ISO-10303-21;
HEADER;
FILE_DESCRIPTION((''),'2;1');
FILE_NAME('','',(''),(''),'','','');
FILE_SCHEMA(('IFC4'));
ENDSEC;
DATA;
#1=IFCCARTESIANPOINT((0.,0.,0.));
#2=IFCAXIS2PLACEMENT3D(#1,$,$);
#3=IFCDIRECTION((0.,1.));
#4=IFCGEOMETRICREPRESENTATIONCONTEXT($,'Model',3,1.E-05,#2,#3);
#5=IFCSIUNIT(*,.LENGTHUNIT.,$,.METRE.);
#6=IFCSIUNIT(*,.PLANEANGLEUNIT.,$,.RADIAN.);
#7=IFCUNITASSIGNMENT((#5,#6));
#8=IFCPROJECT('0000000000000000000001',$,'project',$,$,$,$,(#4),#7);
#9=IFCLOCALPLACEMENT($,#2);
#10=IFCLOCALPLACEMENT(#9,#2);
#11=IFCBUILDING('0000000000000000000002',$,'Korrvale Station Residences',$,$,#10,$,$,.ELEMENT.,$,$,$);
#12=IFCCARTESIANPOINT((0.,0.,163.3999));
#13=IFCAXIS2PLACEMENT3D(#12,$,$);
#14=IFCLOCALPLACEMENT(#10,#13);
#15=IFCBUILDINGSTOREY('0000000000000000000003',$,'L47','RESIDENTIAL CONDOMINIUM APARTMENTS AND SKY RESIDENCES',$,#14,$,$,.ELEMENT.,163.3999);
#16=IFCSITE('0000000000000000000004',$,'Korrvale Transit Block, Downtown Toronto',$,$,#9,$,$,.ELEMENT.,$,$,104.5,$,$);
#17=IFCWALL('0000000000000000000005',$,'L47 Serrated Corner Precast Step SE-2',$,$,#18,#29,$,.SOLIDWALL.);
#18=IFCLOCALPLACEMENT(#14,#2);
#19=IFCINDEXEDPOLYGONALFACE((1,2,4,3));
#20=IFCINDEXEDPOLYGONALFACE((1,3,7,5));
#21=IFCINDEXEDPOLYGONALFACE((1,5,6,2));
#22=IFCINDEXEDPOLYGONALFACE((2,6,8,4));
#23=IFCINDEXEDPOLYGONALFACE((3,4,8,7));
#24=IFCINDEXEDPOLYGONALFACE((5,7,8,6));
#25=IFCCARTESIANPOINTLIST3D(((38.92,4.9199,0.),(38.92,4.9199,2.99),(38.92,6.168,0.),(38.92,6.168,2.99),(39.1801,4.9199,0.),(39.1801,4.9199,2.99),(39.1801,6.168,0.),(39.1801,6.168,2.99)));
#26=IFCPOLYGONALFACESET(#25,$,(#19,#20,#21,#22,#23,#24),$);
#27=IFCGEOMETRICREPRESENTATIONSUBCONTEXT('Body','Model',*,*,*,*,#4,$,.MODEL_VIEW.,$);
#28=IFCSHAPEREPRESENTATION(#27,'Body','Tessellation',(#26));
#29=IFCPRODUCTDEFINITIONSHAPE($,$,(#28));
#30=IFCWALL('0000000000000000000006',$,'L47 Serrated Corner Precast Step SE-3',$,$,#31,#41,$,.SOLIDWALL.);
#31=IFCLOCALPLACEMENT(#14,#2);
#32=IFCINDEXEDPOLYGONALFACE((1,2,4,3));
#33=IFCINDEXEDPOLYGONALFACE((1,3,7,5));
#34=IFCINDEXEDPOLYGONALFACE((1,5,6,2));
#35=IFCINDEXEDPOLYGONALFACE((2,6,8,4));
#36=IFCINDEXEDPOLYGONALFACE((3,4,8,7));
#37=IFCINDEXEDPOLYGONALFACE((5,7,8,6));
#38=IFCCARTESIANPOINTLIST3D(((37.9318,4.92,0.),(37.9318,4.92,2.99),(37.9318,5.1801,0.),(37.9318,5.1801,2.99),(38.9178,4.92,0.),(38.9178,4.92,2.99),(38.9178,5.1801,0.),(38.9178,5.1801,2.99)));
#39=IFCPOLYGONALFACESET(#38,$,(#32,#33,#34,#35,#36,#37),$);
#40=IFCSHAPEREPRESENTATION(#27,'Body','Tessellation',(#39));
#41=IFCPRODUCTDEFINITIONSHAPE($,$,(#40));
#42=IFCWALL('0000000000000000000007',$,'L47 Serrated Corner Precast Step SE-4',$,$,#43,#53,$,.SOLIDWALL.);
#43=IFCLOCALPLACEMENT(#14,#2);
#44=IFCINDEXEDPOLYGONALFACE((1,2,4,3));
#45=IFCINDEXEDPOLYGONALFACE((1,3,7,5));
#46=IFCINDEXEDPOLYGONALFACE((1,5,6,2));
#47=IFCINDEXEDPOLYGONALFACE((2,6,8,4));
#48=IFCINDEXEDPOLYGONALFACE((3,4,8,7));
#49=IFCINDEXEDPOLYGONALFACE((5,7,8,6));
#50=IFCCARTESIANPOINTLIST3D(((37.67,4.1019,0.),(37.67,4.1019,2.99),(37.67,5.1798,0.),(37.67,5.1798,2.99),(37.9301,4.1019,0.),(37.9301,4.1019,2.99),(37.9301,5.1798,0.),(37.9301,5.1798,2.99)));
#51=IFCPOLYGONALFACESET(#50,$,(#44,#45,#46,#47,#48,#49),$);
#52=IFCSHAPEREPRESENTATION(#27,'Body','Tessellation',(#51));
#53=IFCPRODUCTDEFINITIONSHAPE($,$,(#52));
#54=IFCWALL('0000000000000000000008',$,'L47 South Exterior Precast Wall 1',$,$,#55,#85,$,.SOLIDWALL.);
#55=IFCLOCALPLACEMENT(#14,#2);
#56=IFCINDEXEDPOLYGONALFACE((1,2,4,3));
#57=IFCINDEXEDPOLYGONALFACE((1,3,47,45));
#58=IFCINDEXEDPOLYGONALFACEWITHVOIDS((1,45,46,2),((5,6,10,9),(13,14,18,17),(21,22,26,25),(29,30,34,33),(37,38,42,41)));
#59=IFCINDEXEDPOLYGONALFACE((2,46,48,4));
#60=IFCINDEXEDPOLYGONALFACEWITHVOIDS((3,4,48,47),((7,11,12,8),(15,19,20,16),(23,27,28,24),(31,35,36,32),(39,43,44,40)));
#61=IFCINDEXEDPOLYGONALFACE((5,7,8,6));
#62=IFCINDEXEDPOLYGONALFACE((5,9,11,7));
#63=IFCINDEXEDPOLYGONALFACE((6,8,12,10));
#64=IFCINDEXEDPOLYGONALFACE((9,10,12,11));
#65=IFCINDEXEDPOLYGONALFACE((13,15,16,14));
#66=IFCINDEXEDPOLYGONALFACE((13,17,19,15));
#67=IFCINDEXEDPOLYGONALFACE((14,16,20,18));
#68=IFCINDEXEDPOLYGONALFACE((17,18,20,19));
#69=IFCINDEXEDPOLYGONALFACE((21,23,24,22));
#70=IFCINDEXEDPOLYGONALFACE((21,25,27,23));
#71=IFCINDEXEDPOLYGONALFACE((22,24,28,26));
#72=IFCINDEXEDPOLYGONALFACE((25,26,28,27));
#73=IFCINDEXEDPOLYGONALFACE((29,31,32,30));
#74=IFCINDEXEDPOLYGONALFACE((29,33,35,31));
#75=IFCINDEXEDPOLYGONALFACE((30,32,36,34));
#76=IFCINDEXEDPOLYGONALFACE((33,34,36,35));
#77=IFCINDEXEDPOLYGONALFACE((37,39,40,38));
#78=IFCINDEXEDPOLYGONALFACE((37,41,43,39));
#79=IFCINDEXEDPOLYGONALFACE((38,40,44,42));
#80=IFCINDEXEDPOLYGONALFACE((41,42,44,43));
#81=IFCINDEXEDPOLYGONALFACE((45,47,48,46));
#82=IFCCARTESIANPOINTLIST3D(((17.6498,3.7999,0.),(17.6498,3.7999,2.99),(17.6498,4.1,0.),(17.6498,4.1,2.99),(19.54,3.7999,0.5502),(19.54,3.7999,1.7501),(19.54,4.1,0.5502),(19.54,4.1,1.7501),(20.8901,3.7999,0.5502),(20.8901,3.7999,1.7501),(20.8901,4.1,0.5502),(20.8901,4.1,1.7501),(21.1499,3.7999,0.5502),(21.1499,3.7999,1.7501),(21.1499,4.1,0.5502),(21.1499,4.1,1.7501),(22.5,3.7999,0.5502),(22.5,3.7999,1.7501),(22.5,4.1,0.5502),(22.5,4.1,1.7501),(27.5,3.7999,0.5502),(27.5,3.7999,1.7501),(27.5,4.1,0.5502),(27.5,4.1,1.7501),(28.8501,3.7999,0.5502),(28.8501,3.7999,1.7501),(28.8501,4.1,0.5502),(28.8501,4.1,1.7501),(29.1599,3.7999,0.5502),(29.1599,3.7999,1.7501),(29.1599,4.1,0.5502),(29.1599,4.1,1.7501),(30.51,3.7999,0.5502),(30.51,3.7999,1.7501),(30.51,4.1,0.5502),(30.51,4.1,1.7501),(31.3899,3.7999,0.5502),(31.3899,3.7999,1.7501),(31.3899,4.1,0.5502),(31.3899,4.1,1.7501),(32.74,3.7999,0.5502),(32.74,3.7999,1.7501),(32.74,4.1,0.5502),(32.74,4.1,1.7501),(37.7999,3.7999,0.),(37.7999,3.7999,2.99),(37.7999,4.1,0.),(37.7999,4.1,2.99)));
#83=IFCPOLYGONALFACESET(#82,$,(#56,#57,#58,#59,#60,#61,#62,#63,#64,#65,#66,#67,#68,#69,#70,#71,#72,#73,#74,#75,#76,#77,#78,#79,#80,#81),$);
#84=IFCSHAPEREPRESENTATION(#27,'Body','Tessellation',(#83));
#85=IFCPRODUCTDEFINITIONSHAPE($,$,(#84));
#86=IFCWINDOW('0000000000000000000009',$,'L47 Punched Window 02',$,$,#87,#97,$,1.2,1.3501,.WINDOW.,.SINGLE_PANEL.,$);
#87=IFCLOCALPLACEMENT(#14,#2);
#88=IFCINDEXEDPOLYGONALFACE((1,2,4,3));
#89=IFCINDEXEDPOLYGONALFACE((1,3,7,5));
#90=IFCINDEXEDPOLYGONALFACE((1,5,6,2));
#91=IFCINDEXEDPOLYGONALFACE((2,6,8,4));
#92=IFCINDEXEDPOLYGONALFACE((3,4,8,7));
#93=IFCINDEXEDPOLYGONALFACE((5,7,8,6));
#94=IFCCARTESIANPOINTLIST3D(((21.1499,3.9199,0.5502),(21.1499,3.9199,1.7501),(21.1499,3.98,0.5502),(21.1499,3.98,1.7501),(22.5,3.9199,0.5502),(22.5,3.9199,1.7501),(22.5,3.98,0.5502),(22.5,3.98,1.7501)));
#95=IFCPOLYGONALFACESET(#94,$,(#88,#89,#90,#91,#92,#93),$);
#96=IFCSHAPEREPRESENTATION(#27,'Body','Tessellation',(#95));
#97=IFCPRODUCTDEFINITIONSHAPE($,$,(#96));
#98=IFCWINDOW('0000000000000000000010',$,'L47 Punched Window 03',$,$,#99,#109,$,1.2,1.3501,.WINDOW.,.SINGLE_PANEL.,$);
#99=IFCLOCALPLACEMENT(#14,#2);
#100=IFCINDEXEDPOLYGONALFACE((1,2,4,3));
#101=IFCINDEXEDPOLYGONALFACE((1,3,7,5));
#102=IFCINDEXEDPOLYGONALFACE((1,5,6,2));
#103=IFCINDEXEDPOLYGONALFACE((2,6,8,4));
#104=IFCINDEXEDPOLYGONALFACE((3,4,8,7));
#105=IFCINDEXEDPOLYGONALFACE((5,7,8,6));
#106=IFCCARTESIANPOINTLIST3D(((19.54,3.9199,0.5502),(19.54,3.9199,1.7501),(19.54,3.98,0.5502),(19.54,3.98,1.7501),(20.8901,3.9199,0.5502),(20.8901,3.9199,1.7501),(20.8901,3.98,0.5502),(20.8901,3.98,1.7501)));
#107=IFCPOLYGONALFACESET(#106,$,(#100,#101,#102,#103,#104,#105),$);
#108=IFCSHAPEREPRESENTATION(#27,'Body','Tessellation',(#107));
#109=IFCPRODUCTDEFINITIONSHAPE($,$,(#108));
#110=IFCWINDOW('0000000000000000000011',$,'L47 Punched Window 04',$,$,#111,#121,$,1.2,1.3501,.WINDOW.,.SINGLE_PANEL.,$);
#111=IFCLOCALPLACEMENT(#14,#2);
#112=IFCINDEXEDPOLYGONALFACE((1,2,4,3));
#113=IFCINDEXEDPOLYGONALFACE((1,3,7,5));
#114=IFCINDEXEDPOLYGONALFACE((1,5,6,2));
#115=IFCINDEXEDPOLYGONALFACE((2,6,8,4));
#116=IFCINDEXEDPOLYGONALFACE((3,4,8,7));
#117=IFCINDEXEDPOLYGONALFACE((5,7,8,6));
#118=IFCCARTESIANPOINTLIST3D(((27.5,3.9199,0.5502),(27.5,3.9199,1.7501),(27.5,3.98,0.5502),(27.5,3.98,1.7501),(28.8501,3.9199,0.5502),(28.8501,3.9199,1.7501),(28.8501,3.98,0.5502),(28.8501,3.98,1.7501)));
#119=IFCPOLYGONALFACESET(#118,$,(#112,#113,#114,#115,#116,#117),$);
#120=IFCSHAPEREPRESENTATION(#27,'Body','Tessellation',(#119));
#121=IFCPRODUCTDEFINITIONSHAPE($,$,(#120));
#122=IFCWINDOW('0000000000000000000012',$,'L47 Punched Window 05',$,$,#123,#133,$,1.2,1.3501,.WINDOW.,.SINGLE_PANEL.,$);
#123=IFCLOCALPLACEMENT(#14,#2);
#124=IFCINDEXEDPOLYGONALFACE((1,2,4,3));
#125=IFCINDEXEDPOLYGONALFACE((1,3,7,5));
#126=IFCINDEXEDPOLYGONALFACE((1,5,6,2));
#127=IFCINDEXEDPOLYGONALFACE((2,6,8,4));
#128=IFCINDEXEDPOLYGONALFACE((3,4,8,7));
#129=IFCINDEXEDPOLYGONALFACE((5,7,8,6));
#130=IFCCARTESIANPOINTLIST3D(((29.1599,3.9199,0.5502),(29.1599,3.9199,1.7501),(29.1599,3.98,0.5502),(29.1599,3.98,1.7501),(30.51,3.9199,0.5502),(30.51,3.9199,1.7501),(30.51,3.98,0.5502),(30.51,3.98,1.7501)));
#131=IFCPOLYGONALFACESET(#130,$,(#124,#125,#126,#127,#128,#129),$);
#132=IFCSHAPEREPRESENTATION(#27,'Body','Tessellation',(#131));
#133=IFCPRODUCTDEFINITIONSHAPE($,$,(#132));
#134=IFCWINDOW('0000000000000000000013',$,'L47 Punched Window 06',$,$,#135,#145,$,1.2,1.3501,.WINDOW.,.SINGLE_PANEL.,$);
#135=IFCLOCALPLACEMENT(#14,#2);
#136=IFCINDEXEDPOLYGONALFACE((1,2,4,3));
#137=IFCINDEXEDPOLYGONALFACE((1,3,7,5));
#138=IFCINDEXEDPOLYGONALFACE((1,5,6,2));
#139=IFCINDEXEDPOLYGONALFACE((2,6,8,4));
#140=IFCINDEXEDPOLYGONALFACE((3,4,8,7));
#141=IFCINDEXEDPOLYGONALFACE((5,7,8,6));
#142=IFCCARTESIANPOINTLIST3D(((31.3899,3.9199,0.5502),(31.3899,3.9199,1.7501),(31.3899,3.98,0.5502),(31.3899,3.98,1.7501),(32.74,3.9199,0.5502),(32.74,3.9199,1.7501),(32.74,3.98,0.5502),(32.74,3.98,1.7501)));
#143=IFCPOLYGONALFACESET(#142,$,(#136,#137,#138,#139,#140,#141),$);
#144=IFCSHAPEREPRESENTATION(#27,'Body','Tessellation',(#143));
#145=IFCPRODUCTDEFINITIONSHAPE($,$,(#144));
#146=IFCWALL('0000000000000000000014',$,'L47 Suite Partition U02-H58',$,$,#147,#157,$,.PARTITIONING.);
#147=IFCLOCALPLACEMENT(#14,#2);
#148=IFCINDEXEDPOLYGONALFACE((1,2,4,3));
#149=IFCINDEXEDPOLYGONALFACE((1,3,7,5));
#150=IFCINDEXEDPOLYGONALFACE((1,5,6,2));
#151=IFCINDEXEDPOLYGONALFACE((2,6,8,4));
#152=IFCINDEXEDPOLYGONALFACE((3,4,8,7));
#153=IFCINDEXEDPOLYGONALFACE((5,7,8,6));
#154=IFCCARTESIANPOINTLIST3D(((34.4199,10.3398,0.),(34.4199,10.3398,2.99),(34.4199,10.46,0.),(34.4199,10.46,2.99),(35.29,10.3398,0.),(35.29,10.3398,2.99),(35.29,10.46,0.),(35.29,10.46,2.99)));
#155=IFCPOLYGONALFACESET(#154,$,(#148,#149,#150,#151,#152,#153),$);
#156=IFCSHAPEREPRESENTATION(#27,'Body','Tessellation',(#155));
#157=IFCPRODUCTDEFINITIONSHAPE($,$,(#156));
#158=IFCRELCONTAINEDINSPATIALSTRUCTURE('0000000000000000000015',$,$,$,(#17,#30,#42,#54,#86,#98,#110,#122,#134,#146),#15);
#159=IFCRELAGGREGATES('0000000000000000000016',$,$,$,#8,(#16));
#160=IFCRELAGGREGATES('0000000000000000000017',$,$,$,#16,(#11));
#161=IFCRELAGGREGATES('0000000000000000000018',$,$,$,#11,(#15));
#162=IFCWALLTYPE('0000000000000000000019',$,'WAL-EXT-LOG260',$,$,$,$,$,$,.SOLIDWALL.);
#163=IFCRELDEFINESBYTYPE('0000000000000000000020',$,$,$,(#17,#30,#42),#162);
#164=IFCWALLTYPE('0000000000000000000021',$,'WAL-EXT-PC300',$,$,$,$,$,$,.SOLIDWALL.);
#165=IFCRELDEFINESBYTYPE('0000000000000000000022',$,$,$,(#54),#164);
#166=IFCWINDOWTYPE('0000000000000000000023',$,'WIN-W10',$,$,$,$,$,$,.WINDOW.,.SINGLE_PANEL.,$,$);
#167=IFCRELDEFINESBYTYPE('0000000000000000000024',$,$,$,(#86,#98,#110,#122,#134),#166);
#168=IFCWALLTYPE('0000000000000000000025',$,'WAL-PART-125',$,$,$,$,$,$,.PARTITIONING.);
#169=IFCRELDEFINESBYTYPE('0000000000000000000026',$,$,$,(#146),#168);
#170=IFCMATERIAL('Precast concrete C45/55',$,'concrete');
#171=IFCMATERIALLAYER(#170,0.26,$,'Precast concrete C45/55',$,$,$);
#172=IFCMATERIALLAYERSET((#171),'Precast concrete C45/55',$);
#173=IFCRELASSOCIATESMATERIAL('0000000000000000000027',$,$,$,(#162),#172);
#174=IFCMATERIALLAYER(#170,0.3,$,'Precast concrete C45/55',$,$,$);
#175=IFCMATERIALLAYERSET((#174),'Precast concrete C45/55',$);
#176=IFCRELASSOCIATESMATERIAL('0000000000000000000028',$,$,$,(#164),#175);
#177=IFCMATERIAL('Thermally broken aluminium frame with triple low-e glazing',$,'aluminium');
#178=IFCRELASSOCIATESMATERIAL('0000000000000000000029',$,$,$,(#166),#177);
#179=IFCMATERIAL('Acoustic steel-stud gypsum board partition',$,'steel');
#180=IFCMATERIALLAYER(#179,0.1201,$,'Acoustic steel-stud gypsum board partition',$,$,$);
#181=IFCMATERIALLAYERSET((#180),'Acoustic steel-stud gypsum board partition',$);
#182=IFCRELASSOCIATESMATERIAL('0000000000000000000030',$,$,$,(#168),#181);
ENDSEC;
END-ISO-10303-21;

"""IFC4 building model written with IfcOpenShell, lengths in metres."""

from ifc_helpers import new_model, si_unit, direction, frame, frame_2d, origin, place, context, subcontext, project, spatial, rectangle, extrude, material, layer, layer_set, type_object, element, fill, save


model = new_model("IFC4")

# Units and contexts
model_context = context("Model", 3, precision=1e-05, world=origin(), true_north=direction((0.0, 1.0)))
body_context = subcontext(model_context, "Body", "Model", "MODEL_VIEW")
ifc_project = project(units=[si_unit("LENGTHUNIT", "METRE"), si_unit("PLANEANGLEUNIT", "RADIAN")], contexts=[model_context])

# Site, building, storey
site_placement = place(None, origin())
site = spatial("IfcSite", under=ifc_project, at=site_placement, Name="Korrvale Transit Block, Downtown Toronto", CompositionType="ELEMENT", RefElevation=104.5)
building_placement = place(site_placement, origin())
building = spatial("IfcBuilding", under=site, at=building_placement, Name="Korrvale Station Residences", CompositionType="ELEMENT")
storey_placement = place(building_placement, frame((0.0, 0.0, 163.3999)))
storey = spatial("IfcBuildingStorey", under=building, at=storey_placement, Name="L47", Description="RESIDENTIAL CONDOMINIUM APARTMENTS AND SKY RESIDENCES", CompositionType="ELEMENT", Elevation=163.3999)

# Walls
ifc_material_1 = material(Name="Precast concrete C45/55", Category="concrete")
ifc_layer_1 = layer(ifc_material_1, 0.26, Name="Precast concrete C45/55")
ifc_layer_set_1 = layer_set([ifc_layer_1], Name="Precast concrete C45/55")
wall_type_1 = type_object("IfcWallType", Name="WAL-EXT-LOG260", PredefinedType="SOLIDWALL", material=ifc_layer_set_1)
wall_1_placement = place(storey_placement, frame((39.05, 6.168, 0.0), z_axis=(0.0, 0.0, 1.0), x_axis=(0.0, -1.0, 0.0)))
element("IfcWall", 1, at=wall_1_placement, inside=storey, type_object=wall_type_1, Name="L47 Serrated Corner Precast Step SE-2", PredefinedType="SOLIDWALL", context=body_context, shape_type="SweptSolid", body=[
    extrude(rectangle(XDim=1.248, YDim=0.26, at=frame_2d((0.624, 0.0))), origin(), (0.0, 0.0, 1.0), 2.99),
])
wall_2_placement = place(storey_placement, frame((38.918, 5.05, 0.0), z_axis=(0.0, 0.0, 1.0), x_axis=(-1.0, 0.0, 0.0)))
element("IfcWall", 2, at=wall_2_placement, inside=storey, type_object=wall_type_1, Name="L47 Serrated Corner Precast Step SE-3", PredefinedType="SOLIDWALL", context=body_context, shape_type="SweptSolid", body=[
    extrude(rectangle(XDim=0.9861, YDim=0.26, at=frame_2d((0.4932, 0.0))), origin(), (0.0, 0.0, 1.0), 2.99),
])
wall_3_placement = place(storey_placement, frame((37.8, 5.1799, 0.0), z_axis=(0.0, 0.0, 1.0), x_axis=(0.0, -1.0, 0.0)))
element("IfcWall", 3, at=wall_3_placement, inside=storey, type_object=wall_type_1, Name="L47 Serrated Corner Precast Step SE-4", PredefinedType="SOLIDWALL", context=body_context, shape_type="SweptSolid", body=[
    extrude(rectangle(XDim=1.0779, YDim=0.26, at=frame_2d((0.5391, 0.0))), origin(), (0.0, 0.0, 1.0), 2.99),
])

# Wall, openings, windows
ifc_layer_2 = layer(ifc_material_1, 0.3, Name="Precast concrete C45/55")
ifc_layer_set_2 = layer_set([ifc_layer_2], Name="Precast concrete C45/55")
wall_type_2 = type_object("IfcWallType", Name="WAL-EXT-PC300", PredefinedType="SOLIDWALL", material=ifc_layer_set_2)
wall_4_placement = place(storey_placement, frame((37.8, 3.95, 0.0), z_axis=(0.0, 0.0, 1.0), x_axis=(-1.0, 0.0, 0.0)))
wall_4 = element("IfcWall", 4, at=wall_4_placement, inside=storey, type_object=wall_type_2, Name="L47 South Exterior Precast Wall 1", PredefinedType="SOLIDWALL", context=body_context, shape_type="SweptSolid", body=[
    extrude(rectangle(XDim=20.1501, YDim=0.3, at=frame_2d((10.0752, 0.0))), origin(), (0.0, 0.0, 1.0), 2.99),
])
opening_1_placement = place(wall_4_placement, frame((15.3, 0.0, 0.55)))
opening_1 = element("IfcOpeningElement", 5, at=opening_1_placement, cuts=wall_4, PredefinedType="OPENING", context=body_context, shape_type="SweptSolid", body=[
    extrude(rectangle(XDim=1.3501, YDim=1.2, at=frame_2d((0.675, 0.6001))), frame((0.0, 0.1602, 0.0), z_axis=(0.0, -1.0, 0.0), x_axis=(1.0, 0.0, 0.0)), (0.0, 0.0, 1.0), 0.3201),
])
opening_2_placement = place(wall_4_placement, frame((16.9099, 0.0, 0.55)))
opening_2 = element("IfcOpeningElement", 6, at=opening_2_placement, cuts=wall_4, PredefinedType="OPENING", context=body_context, shape_type="SweptSolid", body=[
    extrude(rectangle(XDim=1.3501, YDim=1.2, at=frame_2d((0.675, 0.6001))), frame((0.0, 0.1602, 0.0), z_axis=(0.0, -1.0, 0.0), x_axis=(1.0, 0.0, 0.0)), (0.0, 0.0, 1.0), 0.3201),
])
opening_3_placement = place(wall_4_placement, frame((8.95, 0.0, 0.55)))
opening_3 = element("IfcOpeningElement", 7, at=opening_3_placement, cuts=wall_4, PredefinedType="OPENING", context=body_context, shape_type="SweptSolid", body=[
    extrude(rectangle(XDim=1.3501, YDim=1.2, at=frame_2d((0.675, 0.6001))), frame((0.0, 0.1602, 0.0), z_axis=(0.0, -1.0, 0.0), x_axis=(1.0, 0.0, 0.0)), (0.0, 0.0, 1.0), 0.3201),
])
opening_4_placement = place(wall_4_placement, frame((7.29, 0.0, 0.55)))
opening_4 = element("IfcOpeningElement", 8, at=opening_4_placement, cuts=wall_4, PredefinedType="OPENING", context=body_context, shape_type="SweptSolid", body=[
    extrude(rectangle(XDim=1.3501, YDim=1.2, at=frame_2d((0.675, 0.6001))), frame((0.0, 0.1602, 0.0), z_axis=(0.0, -1.0, 0.0), x_axis=(1.0, 0.0, 0.0)), (0.0, 0.0, 1.0), 0.3201),
])
opening_5_placement = place(wall_4_placement, frame((5.0601, 0.0, 0.55)))
opening_5 = element("IfcOpeningElement", 9, at=opening_5_placement, cuts=wall_4, PredefinedType="OPENING", context=body_context, shape_type="SweptSolid", body=[
    extrude(rectangle(XDim=1.3501, YDim=1.2, at=frame_2d((0.675, 0.6001))), frame((0.0, 0.1602, 0.0), z_axis=(0.0, -1.0, 0.0), x_axis=(1.0, 0.0, 0.0)), (0.0, 0.0, 1.0), 0.3201),
])
ifc_material_2 = material(Name="Thermally broken aluminium frame with triple low-e glazing", Category="aluminium")
window_type = type_object("IfcWindowType", Name="WIN-W10", PartitioningType="SINGLE_PANEL", PredefinedType="WINDOW", material=ifc_material_2)
window_1_placement = place(opening_1_placement, origin())
window_1 = element("IfcWindow", 10, at=window_1_placement, inside=storey, type_object=window_type, Name="L47 Punched Window 02", OverallHeight=1.2, OverallWidth=1.3501, PartitioningType="SINGLE_PANEL", PredefinedType="WINDOW", context=body_context, shape_type="SweptSolid", body=[
    extrude(rectangle(XDim=1.3501, YDim=1.2, at=frame_2d((0.675, 0.6001))), frame((0.0, 0.03, 0.0), z_axis=(0.0, -1.0, 0.0), x_axis=(1.0, 0.0, 0.0)), (0.0, 0.0, 1.0), 0.0601),
])
fill(opening_1, window_1)
window_2_placement = place(opening_2_placement, origin())
window_2 = element("IfcWindow", 11, at=window_2_placement, inside=storey, type_object=window_type, Name="L47 Punched Window 03", OverallHeight=1.2, OverallWidth=1.3501, PartitioningType="SINGLE_PANEL", PredefinedType="WINDOW", context=body_context, shape_type="SweptSolid", body=[
    extrude(rectangle(XDim=1.3501, YDim=1.2, at=frame_2d((0.675, 0.6001))), frame((0.0, 0.03, 0.0), z_axis=(0.0, -1.0, 0.0), x_axis=(1.0, 0.0, 0.0)), (0.0, 0.0, 1.0), 0.0601),
])
fill(opening_2, window_2)
window_3_placement = place(opening_3_placement, origin())
window_3 = element("IfcWindow", 12, at=window_3_placement, inside=storey, type_object=window_type, Name="L47 Punched Window 04", OverallHeight=1.2, OverallWidth=1.3501, PartitioningType="SINGLE_PANEL", PredefinedType="WINDOW", context=body_context, shape_type="SweptSolid", body=[
    extrude(rectangle(XDim=1.3501, YDim=1.2, at=frame_2d((0.675, 0.6001))), frame((0.0, 0.03, 0.0), z_axis=(0.0, -1.0, 0.0), x_axis=(1.0, 0.0, 0.0)), (0.0, 0.0, 1.0), 0.0601),
])
fill(opening_3, window_3)
window_4_placement = place(opening_4_placement, origin())
window_4 = element("IfcWindow", 13, at=window_4_placement, inside=storey, type_object=window_type, Name="L47 Punched Window 05", OverallHeight=1.2, OverallWidth=1.3501, PartitioningType="SINGLE_PANEL", PredefinedType="WINDOW", context=body_context, shape_type="SweptSolid", body=[
    extrude(rectangle(XDim=1.3501, YDim=1.2, at=frame_2d((0.675, 0.6001))), frame((0.0, 0.03, 0.0), z_axis=(0.0, -1.0, 0.0), x_axis=(1.0, 0.0, 0.0)), (0.0, 0.0, 1.0), 0.0601),
])
fill(opening_4, window_4)
window_5_placement = place(opening_5_placement, origin())
window_5 = element("IfcWindow", 14, at=window_5_placement, inside=storey, type_object=window_type, Name="L47 Punched Window 06", OverallHeight=1.2, OverallWidth=1.3501, PartitioningType="SINGLE_PANEL", PredefinedType="WINDOW", context=body_context, shape_type="SweptSolid", body=[
    extrude(rectangle(XDim=1.3501, YDim=1.2, at=frame_2d((0.675, 0.6001))), frame((0.0, 0.03, 0.0), z_axis=(0.0, -1.0, 0.0), x_axis=(1.0, 0.0, 0.0)), (0.0, 0.0, 1.0), 0.0601),
])
fill(opening_5, window_5)

# Wall
ifc_material_3 = material(Name="Acoustic steel-stud gypsum board partition", Category="steel")
ifc_layer_3 = layer(ifc_material_3, 0.1201, Name="Acoustic steel-stud gypsum board partition")
ifc_layer_set_3 = layer_set([ifc_layer_3], Name="Acoustic steel-stud gypsum board partition")
wall_type_3 = type_object("IfcWallType", Name="WAL-PART-125", PredefinedType="PARTITIONING", material=ifc_layer_set_3)
wall_5_placement = place(storey_placement, frame((34.4199, 10.3999, 0.0), z_axis=(0.0, 0.0, 1.0), x_axis=(1.0, 0.0, 0.0)))
element("IfcWall", 15, at=wall_5_placement, inside=storey, type_object=wall_type_3, Name="L47 Suite Partition U02-H58", PredefinedType="PARTITIONING", context=body_context, shape_type="SweptSolid", body=[
    extrude(rectangle(XDim=0.8701, YDim=0.1201, at=frame_2d((0.4351, 0.0))), origin(), (0.0, 0.0, 1.0), 2.99),
])

save(model, "model.ifc")
